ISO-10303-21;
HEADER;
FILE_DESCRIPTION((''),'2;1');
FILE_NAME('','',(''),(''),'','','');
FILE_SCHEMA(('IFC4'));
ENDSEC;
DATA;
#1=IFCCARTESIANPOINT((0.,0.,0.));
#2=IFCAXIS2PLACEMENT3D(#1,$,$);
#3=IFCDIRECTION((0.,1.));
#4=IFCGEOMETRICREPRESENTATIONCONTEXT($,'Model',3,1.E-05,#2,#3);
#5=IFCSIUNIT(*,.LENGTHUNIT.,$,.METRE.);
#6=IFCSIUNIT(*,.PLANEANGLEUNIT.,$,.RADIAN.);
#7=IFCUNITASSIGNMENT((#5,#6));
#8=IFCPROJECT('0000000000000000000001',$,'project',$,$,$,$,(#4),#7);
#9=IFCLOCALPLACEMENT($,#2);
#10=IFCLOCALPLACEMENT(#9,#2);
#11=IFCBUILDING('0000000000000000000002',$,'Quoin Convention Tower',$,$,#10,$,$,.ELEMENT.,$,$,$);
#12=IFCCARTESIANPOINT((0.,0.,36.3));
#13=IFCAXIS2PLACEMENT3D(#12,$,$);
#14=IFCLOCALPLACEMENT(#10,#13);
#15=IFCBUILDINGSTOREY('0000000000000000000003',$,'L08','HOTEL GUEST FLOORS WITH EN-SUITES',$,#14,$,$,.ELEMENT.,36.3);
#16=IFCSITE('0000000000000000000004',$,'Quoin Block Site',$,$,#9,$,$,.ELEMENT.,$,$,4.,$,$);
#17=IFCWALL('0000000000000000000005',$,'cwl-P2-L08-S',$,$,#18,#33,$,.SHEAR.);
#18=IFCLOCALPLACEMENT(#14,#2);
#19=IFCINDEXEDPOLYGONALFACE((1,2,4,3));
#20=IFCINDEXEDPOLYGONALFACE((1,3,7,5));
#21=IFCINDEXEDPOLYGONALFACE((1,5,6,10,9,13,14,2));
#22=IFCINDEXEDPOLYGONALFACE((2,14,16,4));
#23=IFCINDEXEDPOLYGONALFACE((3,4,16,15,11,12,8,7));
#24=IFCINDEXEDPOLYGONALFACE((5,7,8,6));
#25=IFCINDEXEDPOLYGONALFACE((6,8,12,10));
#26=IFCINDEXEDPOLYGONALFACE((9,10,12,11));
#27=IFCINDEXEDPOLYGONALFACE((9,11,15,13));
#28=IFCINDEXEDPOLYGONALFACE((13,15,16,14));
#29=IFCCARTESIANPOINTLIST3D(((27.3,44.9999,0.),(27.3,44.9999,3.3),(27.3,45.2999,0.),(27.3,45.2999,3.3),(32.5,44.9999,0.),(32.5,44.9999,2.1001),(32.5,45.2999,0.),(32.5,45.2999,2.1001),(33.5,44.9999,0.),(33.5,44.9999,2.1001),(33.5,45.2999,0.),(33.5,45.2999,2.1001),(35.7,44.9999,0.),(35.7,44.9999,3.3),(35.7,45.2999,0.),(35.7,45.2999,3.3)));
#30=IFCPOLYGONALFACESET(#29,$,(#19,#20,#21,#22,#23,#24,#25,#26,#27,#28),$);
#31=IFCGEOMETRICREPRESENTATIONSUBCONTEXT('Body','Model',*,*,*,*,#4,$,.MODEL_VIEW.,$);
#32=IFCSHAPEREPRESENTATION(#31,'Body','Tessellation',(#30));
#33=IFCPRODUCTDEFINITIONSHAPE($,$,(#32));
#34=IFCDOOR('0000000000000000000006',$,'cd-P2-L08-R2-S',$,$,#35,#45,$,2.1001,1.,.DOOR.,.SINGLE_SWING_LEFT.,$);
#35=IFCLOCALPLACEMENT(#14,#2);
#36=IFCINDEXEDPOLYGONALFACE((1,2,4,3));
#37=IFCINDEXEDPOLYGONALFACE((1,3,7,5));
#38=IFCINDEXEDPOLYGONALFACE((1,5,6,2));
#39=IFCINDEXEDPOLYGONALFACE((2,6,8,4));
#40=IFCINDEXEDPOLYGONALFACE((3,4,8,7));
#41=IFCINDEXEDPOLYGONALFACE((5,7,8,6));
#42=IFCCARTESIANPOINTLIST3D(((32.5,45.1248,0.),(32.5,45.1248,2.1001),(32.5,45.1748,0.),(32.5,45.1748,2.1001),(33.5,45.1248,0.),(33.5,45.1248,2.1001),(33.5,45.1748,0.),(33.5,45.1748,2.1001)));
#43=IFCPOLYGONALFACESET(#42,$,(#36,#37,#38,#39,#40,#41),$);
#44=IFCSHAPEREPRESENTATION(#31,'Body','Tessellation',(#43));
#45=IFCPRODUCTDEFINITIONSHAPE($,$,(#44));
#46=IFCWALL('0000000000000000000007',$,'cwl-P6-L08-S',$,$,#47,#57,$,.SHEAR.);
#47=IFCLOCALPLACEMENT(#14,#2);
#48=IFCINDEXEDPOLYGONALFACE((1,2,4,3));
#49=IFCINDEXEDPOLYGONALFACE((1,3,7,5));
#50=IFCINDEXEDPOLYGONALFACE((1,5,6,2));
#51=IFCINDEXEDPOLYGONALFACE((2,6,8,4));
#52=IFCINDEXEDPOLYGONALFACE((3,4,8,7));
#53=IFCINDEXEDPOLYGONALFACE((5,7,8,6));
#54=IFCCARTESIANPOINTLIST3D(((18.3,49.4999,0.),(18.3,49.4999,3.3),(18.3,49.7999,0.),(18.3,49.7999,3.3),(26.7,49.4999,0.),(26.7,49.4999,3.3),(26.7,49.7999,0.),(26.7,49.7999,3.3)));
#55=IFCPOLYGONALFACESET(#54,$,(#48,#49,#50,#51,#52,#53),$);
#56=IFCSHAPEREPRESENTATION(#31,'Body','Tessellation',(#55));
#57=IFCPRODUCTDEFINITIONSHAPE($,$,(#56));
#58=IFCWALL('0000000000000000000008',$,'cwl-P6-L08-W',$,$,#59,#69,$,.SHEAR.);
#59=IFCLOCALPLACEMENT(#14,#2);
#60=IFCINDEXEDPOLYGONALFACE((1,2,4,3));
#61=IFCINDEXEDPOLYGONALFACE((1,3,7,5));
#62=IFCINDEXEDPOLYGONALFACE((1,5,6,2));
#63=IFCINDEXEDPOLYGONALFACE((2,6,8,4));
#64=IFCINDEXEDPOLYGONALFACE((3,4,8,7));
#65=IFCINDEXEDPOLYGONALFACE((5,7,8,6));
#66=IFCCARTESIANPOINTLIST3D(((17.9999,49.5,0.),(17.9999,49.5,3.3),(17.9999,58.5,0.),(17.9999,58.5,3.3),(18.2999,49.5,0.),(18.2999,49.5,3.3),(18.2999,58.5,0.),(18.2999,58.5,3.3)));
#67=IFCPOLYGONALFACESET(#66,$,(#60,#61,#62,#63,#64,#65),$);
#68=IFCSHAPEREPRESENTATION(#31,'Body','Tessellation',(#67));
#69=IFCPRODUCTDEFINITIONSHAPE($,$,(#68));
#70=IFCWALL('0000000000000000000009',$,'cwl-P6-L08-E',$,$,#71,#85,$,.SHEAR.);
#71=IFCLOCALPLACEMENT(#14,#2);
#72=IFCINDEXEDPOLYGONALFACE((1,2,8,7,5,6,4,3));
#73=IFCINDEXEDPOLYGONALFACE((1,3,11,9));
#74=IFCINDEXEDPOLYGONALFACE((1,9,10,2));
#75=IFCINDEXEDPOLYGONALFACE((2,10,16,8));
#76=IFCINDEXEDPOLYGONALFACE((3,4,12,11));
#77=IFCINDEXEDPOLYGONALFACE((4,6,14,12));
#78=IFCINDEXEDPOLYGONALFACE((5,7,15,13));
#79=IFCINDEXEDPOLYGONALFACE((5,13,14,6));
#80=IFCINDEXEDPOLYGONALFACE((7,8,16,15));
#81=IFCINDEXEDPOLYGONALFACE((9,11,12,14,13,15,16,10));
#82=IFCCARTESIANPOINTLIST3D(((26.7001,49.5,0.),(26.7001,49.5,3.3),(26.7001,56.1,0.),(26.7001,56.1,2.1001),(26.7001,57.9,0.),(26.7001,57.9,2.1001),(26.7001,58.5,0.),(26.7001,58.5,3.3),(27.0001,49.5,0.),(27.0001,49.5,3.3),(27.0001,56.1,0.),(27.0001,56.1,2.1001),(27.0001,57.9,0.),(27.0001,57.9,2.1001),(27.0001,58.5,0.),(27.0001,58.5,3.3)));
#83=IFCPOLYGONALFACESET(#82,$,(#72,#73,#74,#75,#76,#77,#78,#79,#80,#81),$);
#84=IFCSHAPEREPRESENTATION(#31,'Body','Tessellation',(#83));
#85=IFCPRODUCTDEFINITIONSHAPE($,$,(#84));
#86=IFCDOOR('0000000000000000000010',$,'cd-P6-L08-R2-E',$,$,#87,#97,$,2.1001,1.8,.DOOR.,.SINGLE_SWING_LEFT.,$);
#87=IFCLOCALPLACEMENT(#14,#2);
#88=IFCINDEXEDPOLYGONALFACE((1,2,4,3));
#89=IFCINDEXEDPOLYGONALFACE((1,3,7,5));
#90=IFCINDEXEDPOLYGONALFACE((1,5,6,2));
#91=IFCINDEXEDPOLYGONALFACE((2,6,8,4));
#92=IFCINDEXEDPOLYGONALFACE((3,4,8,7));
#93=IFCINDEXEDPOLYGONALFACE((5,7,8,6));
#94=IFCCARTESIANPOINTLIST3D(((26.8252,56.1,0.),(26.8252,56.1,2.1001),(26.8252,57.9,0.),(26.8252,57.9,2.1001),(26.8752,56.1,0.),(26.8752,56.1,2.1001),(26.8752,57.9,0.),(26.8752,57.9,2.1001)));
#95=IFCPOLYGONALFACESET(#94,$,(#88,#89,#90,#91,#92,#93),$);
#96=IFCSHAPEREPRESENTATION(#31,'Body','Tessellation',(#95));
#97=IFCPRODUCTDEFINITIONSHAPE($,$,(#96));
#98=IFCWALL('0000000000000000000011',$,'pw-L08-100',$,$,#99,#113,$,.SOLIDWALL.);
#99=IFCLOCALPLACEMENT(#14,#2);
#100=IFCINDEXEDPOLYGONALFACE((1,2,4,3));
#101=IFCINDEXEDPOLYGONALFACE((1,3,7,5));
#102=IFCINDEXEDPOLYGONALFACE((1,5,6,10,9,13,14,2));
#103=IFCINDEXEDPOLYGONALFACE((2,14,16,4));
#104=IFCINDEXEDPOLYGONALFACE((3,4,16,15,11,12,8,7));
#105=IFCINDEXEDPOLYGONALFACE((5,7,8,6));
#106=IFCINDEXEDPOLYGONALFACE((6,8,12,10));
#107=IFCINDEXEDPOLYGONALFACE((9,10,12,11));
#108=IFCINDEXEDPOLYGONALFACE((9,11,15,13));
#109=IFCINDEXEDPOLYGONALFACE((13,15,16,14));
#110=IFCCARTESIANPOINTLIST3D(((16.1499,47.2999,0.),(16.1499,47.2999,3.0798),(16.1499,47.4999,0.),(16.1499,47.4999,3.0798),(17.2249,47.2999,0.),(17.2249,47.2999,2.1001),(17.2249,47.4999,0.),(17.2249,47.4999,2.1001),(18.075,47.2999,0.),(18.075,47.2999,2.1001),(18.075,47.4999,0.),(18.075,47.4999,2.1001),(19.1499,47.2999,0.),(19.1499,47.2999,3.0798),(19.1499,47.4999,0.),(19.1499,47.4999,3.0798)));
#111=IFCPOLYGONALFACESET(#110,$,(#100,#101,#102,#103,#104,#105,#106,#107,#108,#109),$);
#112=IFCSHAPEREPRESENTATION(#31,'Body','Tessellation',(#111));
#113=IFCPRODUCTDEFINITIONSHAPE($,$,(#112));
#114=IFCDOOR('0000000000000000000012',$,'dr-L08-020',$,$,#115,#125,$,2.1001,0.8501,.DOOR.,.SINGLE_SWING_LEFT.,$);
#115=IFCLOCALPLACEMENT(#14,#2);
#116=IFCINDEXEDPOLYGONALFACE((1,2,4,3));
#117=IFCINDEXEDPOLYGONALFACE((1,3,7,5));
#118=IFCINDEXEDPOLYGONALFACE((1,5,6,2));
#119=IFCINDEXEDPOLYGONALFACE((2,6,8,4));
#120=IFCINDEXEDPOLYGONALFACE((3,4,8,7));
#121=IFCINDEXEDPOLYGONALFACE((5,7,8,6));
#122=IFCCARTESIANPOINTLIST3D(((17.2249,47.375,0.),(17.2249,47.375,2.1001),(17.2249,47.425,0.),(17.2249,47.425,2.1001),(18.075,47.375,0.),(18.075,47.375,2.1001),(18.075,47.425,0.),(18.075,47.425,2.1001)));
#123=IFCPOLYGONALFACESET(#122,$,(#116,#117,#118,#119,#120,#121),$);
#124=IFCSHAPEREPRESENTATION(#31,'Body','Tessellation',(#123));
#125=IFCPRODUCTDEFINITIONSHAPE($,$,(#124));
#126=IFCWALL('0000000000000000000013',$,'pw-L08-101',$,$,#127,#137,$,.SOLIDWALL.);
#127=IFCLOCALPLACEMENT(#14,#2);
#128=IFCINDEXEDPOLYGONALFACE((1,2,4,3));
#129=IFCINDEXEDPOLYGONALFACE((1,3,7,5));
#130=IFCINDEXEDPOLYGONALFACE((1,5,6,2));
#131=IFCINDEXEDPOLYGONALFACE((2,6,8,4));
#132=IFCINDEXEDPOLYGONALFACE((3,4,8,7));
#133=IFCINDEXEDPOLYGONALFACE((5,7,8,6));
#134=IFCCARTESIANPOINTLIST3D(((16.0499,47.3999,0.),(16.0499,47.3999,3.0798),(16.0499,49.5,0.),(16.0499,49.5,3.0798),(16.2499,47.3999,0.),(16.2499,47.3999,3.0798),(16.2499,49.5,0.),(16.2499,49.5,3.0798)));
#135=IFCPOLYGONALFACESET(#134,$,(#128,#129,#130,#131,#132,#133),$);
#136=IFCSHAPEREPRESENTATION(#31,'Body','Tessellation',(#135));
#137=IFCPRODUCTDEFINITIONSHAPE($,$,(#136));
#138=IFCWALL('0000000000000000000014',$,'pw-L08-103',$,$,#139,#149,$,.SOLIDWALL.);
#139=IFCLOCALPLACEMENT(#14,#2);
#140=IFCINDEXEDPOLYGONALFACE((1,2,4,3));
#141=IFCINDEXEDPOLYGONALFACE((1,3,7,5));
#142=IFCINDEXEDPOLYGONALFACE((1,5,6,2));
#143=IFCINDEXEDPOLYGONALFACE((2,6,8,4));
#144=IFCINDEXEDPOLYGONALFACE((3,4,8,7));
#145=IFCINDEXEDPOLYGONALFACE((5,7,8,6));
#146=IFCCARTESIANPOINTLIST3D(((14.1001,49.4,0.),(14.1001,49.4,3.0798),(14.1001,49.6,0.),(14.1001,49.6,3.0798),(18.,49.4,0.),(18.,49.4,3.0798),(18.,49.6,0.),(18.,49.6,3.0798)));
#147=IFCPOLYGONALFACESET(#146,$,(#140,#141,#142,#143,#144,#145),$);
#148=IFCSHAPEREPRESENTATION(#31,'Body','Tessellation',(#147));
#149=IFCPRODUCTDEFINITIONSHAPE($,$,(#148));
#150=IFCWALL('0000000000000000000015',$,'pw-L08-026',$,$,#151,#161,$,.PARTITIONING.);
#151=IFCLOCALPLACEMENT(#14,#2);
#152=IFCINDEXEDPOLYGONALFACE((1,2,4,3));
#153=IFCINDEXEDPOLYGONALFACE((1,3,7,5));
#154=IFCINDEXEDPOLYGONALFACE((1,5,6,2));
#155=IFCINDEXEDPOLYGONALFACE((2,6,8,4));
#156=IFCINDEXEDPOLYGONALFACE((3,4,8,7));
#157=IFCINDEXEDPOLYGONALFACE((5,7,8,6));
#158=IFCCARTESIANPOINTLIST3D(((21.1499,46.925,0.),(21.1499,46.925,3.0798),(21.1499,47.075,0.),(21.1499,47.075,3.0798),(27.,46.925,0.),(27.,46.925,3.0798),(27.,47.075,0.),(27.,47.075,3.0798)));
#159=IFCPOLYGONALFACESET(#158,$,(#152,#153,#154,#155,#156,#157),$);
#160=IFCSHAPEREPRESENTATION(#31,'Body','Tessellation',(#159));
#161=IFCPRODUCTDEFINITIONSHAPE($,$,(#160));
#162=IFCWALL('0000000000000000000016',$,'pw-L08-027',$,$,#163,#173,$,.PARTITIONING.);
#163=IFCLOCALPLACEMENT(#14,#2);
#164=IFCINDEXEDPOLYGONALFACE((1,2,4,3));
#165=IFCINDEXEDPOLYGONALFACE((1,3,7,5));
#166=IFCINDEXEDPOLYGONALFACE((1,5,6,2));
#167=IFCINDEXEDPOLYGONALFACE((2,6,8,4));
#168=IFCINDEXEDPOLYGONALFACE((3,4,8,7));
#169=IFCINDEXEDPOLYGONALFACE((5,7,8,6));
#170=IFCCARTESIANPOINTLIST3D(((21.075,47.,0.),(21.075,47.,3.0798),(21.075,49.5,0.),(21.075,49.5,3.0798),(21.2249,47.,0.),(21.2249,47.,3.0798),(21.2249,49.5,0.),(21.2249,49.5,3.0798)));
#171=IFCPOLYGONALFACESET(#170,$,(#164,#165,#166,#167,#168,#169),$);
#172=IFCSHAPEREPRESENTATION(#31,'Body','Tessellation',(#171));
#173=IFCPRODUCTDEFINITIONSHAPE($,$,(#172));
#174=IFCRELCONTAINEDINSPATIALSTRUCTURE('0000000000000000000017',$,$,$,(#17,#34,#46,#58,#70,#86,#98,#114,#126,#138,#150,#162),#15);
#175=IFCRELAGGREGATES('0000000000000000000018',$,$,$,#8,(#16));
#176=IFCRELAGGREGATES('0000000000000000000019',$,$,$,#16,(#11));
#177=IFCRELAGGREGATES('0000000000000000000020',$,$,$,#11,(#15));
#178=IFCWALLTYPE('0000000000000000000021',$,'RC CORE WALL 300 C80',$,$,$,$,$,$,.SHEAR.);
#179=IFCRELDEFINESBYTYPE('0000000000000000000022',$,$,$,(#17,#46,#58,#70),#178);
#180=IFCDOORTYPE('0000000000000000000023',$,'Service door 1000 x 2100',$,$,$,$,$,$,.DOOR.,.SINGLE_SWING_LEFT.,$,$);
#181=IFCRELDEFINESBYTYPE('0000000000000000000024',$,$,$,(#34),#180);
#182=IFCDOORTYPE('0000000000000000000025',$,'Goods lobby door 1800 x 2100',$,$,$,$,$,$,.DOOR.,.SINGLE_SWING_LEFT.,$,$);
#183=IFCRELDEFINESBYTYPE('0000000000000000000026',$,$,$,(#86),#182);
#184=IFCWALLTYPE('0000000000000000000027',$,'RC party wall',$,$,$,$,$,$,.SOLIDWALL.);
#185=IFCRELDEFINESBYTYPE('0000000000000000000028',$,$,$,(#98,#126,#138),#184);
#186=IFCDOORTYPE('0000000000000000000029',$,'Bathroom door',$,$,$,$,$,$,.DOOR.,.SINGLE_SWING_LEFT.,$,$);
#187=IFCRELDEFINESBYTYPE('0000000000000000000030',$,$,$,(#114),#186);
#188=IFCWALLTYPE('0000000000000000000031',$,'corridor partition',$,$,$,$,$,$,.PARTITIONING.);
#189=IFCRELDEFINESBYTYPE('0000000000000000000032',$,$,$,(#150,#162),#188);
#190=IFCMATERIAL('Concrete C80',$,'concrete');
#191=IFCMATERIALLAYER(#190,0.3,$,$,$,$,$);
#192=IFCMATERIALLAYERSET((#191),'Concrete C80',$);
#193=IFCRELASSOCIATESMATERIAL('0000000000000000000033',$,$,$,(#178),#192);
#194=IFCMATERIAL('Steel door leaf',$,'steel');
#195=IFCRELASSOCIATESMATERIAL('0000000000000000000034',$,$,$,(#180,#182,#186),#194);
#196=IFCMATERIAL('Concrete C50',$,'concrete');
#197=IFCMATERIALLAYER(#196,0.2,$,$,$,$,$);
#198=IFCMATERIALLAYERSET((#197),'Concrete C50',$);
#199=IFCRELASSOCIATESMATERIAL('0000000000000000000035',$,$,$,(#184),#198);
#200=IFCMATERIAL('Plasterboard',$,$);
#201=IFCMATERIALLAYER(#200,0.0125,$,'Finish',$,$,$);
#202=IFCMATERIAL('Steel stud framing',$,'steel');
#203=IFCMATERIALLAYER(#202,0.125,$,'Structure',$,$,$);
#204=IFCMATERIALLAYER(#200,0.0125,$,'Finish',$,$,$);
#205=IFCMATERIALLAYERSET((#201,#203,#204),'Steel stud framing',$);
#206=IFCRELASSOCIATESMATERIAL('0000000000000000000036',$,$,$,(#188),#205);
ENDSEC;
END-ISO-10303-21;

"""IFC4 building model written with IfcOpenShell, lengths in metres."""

from ifc_helpers import new_model, si_unit, direction, frame, frame_2d, origin, place, context, subcontext, project, spatial, rectangle, extrude, material, layer, layer_set, type_object, element, fill, save


model = new_model("IFC4")

# Units and contexts
model_context = context("Model", 3, precision=1e-05, world=origin(), true_north=direction((0.0, 1.0)))
body_context = subcontext(model_context, "Body", "Model", "MODEL_VIEW")
ifc_project = project(units=[si_unit("LENGTHUNIT", "METRE"), si_unit("PLANEANGLEUNIT", "RADIAN")], contexts=[model_context])

# Site, building, storey
site_placement = place(None, origin())
site = spatial("IfcSite", under=ifc_project, at=site_placement, Name="Quoin Block Site", CompositionType="ELEMENT", RefElevation=4.0)
building_placement = place(site_placement, origin())
building = spatial("IfcBuilding", under=site, at=building_placement, Name="Quoin Convention Tower", CompositionType="ELEMENT")
storey_placement = place(building_placement, frame((0.0, 0.0, 36.3)))
storey = spatial("IfcBuildingStorey", under=building, at=storey_placement, Name="L08", Description="HOTEL GUEST FLOORS WITH EN-SUITES", CompositionType="ELEMENT", Elevation=36.3)

# Shared definitions
ifc_material_1 = material(Name="Concrete C80", Category="concrete")

# Shared definitions
ifc_material_2 = material(Name="Concrete C50", Category="concrete")

# Shared definitions
ifc_material_3 = material(Name="Steel door leaf", Category="steel")

# Wall, opening, door
ifc_layer_1 = layer(ifc_material_1, 0.3)
ifc_layer_set_1 = layer_set([ifc_layer_1], Name="Concrete C80")
wall_type_1 = type_object("IfcWallType", Name="RC CORE WALL 300 C80", PredefinedType="SHEAR", material=ifc_layer_set_1)
wall_1_placement = place(storey_placement, frame((27.3, 45.1499, 0.0), z_axis=(0.0, 0.0, 1.0), x_axis=(1.0, 0.0, 0.0)))
wall_1 = element("IfcWall", 1, at=wall_1_placement, inside=storey, type_object=wall_type_1, Name="cwl-P2-L08-S", PredefinedType="SHEAR", context=body_context, shape_type="SweptSolid", body=[
    extrude(rectangle(XDim=8.3999, YDim=0.3, at=frame_2d((4.2, 0.0))), origin(), (0.0, 0.0, 1.0), 3.3),
])
opening_1_placement = place(wall_1_placement, frame((5.2, 0.0, 0.0)))
opening_1 = element("IfcOpeningElement", 2, at=opening_1_placement, cuts=wall_1, PredefinedType="OPENING", context=body_context, shape_type="SweptSolid", body=[
    extrude(rectangle(XDim=1.0, YDim=2.1001, at=frame_2d((0.5, 1.05))), frame((0.0, 0.1599, 0.0), z_axis=(0.0, -1.0, 0.0), x_axis=(1.0, 0.0, 0.0)), (0.0, 0.0, 1.0), 0.3201),
])
door_type_1 = type_object("IfcDoorType", Name="Service door 1000 x 2100", OperationType="SINGLE_SWING_LEFT", PredefinedType="DOOR", material=ifc_material_3)
door_1_placement = place(opening_1_placement, origin())
door_1 = element("IfcDoor", 3, at=door_1_placement, inside=storey, type_object=door_type_1, Name="cd-P2-L08-R2-S", OperationType="SINGLE_SWING_LEFT", OverallHeight=2.1001, OverallWidth=1.0, PredefinedType="DOOR", context=body_context, shape_type="SweptSolid", body=[
    extrude(rectangle(XDim=1.0, YDim=2.1001, at=frame_2d((0.5, 1.05))), frame((0.0, 0.0249, 0.0), z_axis=(0.0, -1.0, 0.0), x_axis=(1.0, 0.0, 0.0)), (0.0, 0.0, 1.0), 0.05),
])
fill(opening_1, door_1)

# Walls
wall_2_placement = place(storey_placement, frame((18.3, 49.6499, 0.0), z_axis=(0.0, 0.0, 1.0), x_axis=(1.0, 0.0, 0.0)))
element("IfcWall", 4, at=wall_2_placement, inside=storey, type_object=wall_type_1, Name="cwl-P6-L08-S", PredefinedType="SHEAR", context=body_context, shape_type="SweptSolid", body=[
    extrude(rectangle(XDim=8.3999, YDim=0.3, at=frame_2d((4.2, 0.0))), origin(), (0.0, 0.0, 1.0), 3.3),
])
wall_3_placement = place(storey_placement, frame((18.1499, 49.5, 0.0), z_axis=(0.0, 0.0, 1.0), x_axis=(0.0, 1.0, 0.0)))
element("IfcWall", 5, at=wall_3_placement, inside=storey, type_object=wall_type_1, Name="cwl-P6-L08-W", PredefinedType="SHEAR", context=body_context, shape_type="SweptSolid", body=[
    extrude(rectangle(XDim=9.0, YDim=0.3, at=frame_2d((4.5, 0.0))), origin(), (0.0, 0.0, 1.0), 3.3),
])

# Walls, openings, doors
wall_4_placement = place(storey_placement, frame((26.8501, 49.5, 0.0), z_axis=(0.0, 0.0, 1.0), x_axis=(0.0, 1.0, 0.0)))
wall_4 = element("IfcWall", 6, at=wall_4_placement, inside=storey, type_object=wall_type_1, Name="cwl-P6-L08-E", PredefinedType="SHEAR", context=body_context, shape_type="SweptSolid", body=[
    extrude(rectangle(XDim=9.0, YDim=0.3, at=frame_2d((4.5, 0.0))), origin(), (0.0, 0.0, 1.0), 3.3),
])
opening_2_placement = place(wall_4_placement, frame((6.6001, 0.0, 0.0)))
opening_2 = element("IfcOpeningElement", 7, at=opening_2_placement, cuts=wall_4, PredefinedType="OPENING", context=body_context, shape_type="SweptSolid", body=[
    extrude(rectangle(XDim=1.8, YDim=2.1001, at=frame_2d((0.8999, 1.05))), frame((0.0, 0.1599, 0.0), z_axis=(0.0, -1.0, 0.0), x_axis=(1.0, 0.0, 0.0)), (0.0, 0.0, 1.0), 0.3201),
])
door_type_2 = type_object("IfcDoorType", Name="Goods lobby door 1800 x 2100", OperationType="SINGLE_SWING_LEFT", PredefinedType="DOOR", material=ifc_material_3)
door_2_placement = place(opening_2_placement, origin())
door_2 = element("IfcDoor", 8, at=door_2_placement, inside=storey, type_object=door_type_2, Name="cd-P6-L08-R2-E", OperationType="SINGLE_SWING_LEFT", OverallHeight=2.1001, OverallWidth=1.8, PredefinedType="DOOR", context=body_context, shape_type="SweptSolid", body=[
    extrude(rectangle(XDim=1.8, YDim=2.1001, at=frame_2d((0.8999, 1.05))), frame((0.0, 0.0249, 0.0), z_axis=(0.0, -1.0, 0.0), x_axis=(1.0, 0.0, 0.0)), (0.0, 0.0, 1.0), 0.05),
])
fill(opening_2, door_2)
ifc_layer_2 = layer(ifc_material_2, 0.2)
ifc_layer_set_2 = layer_set([ifc_layer_2], Name="Concrete C50")
wall_type_2 = type_object("IfcWallType", Name="RC party wall", PredefinedType="SOLIDWALL", material=ifc_layer_set_2)
wall_5_placement = place(storey_placement, frame((16.1499, 47.3999, 0.0), z_axis=(0.0, 0.0, 1.0), x_axis=(1.0, 0.0, 0.0)))
wall_5 = element("IfcWall", 9, at=wall_5_placement, inside=storey, type_object=wall_type_2, Name="pw-L08-100", PredefinedType="SOLIDWALL", context=body_context, shape_type="SweptSolid", body=[
    extrude(rectangle(XDim=3.0, YDim=0.2, at=frame_2d((1.5, 0.0))), origin(), (0.0, 0.0, 1.0), 3.0798),
])
opening_3_placement = place(wall_5_placement, frame((1.075, 0.0, 0.0)))
opening_3 = element("IfcOpeningElement", 10, at=opening_3_placement, cuts=wall_5, PredefinedType="OPENING", context=body_context, shape_type="SweptSolid", body=[
    extrude(rectangle(XDim=0.8501, YDim=2.1001, at=frame_2d((0.425, 1.05))), frame((0.0, 0.1099, 0.0), z_axis=(0.0, -1.0, 0.0), x_axis=(1.0, 0.0, 0.0)), (0.0, 0.0, 1.0), 0.22),
])
door_type_3 = type_object("IfcDoorType", Name="Bathroom door", OperationType="SINGLE_SWING_LEFT", PredefinedType="DOOR", material=ifc_material_3)
door_3_placement = place(opening_3_placement, frame((0.8501, 0.0, 0.0), z_axis=(0.0, 0.0, 1.0), x_axis=(-1.0, 0.0, 0.0)))
door_3 = element("IfcDoor", 11, at=door_3_placement, inside=storey, type_object=door_type_3, Name="dr-L08-020", OperationType="SINGLE_SWING_LEFT", OverallHeight=2.1001, OverallWidth=0.8501, PredefinedType="DOOR", context=body_context, shape_type="SweptSolid", body=[
    extrude(rectangle(XDim=0.8501, YDim=2.1001, at=frame_2d((0.425, 1.05))), frame((0.0, 0.0249, 0.0), z_axis=(0.0, -1.0, 0.0), x_axis=(1.0, 0.0, 0.0)), (0.0, 0.0, 1.0), 0.05),
])
fill(opening_3, door_3)

# Walls
wall_6_placement = place(storey_placement, frame((16.1499, 47.3999, 0.0), z_axis=(0.0, 0.0, 1.0), x_axis=(0.0, 1.0, 0.0)))
element("IfcWall", 12, at=wall_6_placement, inside=storey, type_object=wall_type_2, Name="pw-L08-101", PredefinedType="SOLIDWALL", context=body_context, shape_type="SweptSolid", body=[
    extrude(rectangle(XDim=2.1001, YDim=0.2, at=frame_2d((1.05, 0.0))), origin(), (0.0, 0.0, 1.0), 3.0798),
])
wall_7_placement = place(storey_placement, frame((14.1001, 49.5, 0.0), z_axis=(0.0, 0.0, 1.0), x_axis=(1.0, 0.0, 0.0)))
element("IfcWall", 13, at=wall_7_placement, inside=storey, type_object=wall_type_2, Name="pw-L08-103", PredefinedType="SOLIDWALL", context=body_context, shape_type="SweptSolid", body=[
    extrude(rectangle(XDim=3.8999, YDim=0.2, at=frame_2d((1.95, 0.0))), origin(), (0.0, 0.0, 1.0), 3.0798),
])
ifc_material_4 = material(Name="Plasterboard")
ifc_layer_3 = layer(ifc_material_4, 0.0125, Name="Finish")
ifc_material_5 = material(Name="Steel stud framing", Category="steel")
ifc_layer_4 = layer(ifc_material_5, 0.125, Name="Structure")
ifc_layer_5 = layer(ifc_material_4, 0.0125, Name="Finish")
ifc_layer_set_3 = layer_set([ifc_layer_3, ifc_layer_4, ifc_layer_5], Name="Steel stud framing")
wall_type_3 = type_object("IfcWallType", Name="corridor partition", PredefinedType="PARTITIONING", material=ifc_layer_set_3)
wall_8_placement = place(storey_placement, frame((21.1499, 47.0, 0.0), z_axis=(0.0, 0.0, 1.0), x_axis=(1.0, 0.0, 0.0)))
element("IfcWall", 14, at=wall_8_placement, inside=storey, type_object=wall_type_3, Name="pw-L08-026", PredefinedType="PARTITIONING", context=body_context, shape_type="SweptSolid", body=[
    extrude(rectangle(XDim=5.8501, YDim=0.1499, at=frame_2d((2.925, 0.0))), origin(), (0.0, 0.0, 1.0), 3.0798),
])
wall_9_placement = place(storey_placement, frame((21.1499, 47.0, 0.0), z_axis=(0.0, 0.0, 1.0), x_axis=(0.0, 1.0, 0.0)))
element("IfcWall", 15, at=wall_9_placement, inside=storey, type_object=wall_type_3, Name="pw-L08-027", PredefinedType="PARTITIONING", context=body_context, shape_type="SweptSolid", body=[
    extrude(rectangle(XDim=2.5, YDim=0.1499, at=frame_2d((1.25, 0.0))), origin(), (0.0, 0.0, 1.0), 3.0798),
])

save(model, "model.ifc")
